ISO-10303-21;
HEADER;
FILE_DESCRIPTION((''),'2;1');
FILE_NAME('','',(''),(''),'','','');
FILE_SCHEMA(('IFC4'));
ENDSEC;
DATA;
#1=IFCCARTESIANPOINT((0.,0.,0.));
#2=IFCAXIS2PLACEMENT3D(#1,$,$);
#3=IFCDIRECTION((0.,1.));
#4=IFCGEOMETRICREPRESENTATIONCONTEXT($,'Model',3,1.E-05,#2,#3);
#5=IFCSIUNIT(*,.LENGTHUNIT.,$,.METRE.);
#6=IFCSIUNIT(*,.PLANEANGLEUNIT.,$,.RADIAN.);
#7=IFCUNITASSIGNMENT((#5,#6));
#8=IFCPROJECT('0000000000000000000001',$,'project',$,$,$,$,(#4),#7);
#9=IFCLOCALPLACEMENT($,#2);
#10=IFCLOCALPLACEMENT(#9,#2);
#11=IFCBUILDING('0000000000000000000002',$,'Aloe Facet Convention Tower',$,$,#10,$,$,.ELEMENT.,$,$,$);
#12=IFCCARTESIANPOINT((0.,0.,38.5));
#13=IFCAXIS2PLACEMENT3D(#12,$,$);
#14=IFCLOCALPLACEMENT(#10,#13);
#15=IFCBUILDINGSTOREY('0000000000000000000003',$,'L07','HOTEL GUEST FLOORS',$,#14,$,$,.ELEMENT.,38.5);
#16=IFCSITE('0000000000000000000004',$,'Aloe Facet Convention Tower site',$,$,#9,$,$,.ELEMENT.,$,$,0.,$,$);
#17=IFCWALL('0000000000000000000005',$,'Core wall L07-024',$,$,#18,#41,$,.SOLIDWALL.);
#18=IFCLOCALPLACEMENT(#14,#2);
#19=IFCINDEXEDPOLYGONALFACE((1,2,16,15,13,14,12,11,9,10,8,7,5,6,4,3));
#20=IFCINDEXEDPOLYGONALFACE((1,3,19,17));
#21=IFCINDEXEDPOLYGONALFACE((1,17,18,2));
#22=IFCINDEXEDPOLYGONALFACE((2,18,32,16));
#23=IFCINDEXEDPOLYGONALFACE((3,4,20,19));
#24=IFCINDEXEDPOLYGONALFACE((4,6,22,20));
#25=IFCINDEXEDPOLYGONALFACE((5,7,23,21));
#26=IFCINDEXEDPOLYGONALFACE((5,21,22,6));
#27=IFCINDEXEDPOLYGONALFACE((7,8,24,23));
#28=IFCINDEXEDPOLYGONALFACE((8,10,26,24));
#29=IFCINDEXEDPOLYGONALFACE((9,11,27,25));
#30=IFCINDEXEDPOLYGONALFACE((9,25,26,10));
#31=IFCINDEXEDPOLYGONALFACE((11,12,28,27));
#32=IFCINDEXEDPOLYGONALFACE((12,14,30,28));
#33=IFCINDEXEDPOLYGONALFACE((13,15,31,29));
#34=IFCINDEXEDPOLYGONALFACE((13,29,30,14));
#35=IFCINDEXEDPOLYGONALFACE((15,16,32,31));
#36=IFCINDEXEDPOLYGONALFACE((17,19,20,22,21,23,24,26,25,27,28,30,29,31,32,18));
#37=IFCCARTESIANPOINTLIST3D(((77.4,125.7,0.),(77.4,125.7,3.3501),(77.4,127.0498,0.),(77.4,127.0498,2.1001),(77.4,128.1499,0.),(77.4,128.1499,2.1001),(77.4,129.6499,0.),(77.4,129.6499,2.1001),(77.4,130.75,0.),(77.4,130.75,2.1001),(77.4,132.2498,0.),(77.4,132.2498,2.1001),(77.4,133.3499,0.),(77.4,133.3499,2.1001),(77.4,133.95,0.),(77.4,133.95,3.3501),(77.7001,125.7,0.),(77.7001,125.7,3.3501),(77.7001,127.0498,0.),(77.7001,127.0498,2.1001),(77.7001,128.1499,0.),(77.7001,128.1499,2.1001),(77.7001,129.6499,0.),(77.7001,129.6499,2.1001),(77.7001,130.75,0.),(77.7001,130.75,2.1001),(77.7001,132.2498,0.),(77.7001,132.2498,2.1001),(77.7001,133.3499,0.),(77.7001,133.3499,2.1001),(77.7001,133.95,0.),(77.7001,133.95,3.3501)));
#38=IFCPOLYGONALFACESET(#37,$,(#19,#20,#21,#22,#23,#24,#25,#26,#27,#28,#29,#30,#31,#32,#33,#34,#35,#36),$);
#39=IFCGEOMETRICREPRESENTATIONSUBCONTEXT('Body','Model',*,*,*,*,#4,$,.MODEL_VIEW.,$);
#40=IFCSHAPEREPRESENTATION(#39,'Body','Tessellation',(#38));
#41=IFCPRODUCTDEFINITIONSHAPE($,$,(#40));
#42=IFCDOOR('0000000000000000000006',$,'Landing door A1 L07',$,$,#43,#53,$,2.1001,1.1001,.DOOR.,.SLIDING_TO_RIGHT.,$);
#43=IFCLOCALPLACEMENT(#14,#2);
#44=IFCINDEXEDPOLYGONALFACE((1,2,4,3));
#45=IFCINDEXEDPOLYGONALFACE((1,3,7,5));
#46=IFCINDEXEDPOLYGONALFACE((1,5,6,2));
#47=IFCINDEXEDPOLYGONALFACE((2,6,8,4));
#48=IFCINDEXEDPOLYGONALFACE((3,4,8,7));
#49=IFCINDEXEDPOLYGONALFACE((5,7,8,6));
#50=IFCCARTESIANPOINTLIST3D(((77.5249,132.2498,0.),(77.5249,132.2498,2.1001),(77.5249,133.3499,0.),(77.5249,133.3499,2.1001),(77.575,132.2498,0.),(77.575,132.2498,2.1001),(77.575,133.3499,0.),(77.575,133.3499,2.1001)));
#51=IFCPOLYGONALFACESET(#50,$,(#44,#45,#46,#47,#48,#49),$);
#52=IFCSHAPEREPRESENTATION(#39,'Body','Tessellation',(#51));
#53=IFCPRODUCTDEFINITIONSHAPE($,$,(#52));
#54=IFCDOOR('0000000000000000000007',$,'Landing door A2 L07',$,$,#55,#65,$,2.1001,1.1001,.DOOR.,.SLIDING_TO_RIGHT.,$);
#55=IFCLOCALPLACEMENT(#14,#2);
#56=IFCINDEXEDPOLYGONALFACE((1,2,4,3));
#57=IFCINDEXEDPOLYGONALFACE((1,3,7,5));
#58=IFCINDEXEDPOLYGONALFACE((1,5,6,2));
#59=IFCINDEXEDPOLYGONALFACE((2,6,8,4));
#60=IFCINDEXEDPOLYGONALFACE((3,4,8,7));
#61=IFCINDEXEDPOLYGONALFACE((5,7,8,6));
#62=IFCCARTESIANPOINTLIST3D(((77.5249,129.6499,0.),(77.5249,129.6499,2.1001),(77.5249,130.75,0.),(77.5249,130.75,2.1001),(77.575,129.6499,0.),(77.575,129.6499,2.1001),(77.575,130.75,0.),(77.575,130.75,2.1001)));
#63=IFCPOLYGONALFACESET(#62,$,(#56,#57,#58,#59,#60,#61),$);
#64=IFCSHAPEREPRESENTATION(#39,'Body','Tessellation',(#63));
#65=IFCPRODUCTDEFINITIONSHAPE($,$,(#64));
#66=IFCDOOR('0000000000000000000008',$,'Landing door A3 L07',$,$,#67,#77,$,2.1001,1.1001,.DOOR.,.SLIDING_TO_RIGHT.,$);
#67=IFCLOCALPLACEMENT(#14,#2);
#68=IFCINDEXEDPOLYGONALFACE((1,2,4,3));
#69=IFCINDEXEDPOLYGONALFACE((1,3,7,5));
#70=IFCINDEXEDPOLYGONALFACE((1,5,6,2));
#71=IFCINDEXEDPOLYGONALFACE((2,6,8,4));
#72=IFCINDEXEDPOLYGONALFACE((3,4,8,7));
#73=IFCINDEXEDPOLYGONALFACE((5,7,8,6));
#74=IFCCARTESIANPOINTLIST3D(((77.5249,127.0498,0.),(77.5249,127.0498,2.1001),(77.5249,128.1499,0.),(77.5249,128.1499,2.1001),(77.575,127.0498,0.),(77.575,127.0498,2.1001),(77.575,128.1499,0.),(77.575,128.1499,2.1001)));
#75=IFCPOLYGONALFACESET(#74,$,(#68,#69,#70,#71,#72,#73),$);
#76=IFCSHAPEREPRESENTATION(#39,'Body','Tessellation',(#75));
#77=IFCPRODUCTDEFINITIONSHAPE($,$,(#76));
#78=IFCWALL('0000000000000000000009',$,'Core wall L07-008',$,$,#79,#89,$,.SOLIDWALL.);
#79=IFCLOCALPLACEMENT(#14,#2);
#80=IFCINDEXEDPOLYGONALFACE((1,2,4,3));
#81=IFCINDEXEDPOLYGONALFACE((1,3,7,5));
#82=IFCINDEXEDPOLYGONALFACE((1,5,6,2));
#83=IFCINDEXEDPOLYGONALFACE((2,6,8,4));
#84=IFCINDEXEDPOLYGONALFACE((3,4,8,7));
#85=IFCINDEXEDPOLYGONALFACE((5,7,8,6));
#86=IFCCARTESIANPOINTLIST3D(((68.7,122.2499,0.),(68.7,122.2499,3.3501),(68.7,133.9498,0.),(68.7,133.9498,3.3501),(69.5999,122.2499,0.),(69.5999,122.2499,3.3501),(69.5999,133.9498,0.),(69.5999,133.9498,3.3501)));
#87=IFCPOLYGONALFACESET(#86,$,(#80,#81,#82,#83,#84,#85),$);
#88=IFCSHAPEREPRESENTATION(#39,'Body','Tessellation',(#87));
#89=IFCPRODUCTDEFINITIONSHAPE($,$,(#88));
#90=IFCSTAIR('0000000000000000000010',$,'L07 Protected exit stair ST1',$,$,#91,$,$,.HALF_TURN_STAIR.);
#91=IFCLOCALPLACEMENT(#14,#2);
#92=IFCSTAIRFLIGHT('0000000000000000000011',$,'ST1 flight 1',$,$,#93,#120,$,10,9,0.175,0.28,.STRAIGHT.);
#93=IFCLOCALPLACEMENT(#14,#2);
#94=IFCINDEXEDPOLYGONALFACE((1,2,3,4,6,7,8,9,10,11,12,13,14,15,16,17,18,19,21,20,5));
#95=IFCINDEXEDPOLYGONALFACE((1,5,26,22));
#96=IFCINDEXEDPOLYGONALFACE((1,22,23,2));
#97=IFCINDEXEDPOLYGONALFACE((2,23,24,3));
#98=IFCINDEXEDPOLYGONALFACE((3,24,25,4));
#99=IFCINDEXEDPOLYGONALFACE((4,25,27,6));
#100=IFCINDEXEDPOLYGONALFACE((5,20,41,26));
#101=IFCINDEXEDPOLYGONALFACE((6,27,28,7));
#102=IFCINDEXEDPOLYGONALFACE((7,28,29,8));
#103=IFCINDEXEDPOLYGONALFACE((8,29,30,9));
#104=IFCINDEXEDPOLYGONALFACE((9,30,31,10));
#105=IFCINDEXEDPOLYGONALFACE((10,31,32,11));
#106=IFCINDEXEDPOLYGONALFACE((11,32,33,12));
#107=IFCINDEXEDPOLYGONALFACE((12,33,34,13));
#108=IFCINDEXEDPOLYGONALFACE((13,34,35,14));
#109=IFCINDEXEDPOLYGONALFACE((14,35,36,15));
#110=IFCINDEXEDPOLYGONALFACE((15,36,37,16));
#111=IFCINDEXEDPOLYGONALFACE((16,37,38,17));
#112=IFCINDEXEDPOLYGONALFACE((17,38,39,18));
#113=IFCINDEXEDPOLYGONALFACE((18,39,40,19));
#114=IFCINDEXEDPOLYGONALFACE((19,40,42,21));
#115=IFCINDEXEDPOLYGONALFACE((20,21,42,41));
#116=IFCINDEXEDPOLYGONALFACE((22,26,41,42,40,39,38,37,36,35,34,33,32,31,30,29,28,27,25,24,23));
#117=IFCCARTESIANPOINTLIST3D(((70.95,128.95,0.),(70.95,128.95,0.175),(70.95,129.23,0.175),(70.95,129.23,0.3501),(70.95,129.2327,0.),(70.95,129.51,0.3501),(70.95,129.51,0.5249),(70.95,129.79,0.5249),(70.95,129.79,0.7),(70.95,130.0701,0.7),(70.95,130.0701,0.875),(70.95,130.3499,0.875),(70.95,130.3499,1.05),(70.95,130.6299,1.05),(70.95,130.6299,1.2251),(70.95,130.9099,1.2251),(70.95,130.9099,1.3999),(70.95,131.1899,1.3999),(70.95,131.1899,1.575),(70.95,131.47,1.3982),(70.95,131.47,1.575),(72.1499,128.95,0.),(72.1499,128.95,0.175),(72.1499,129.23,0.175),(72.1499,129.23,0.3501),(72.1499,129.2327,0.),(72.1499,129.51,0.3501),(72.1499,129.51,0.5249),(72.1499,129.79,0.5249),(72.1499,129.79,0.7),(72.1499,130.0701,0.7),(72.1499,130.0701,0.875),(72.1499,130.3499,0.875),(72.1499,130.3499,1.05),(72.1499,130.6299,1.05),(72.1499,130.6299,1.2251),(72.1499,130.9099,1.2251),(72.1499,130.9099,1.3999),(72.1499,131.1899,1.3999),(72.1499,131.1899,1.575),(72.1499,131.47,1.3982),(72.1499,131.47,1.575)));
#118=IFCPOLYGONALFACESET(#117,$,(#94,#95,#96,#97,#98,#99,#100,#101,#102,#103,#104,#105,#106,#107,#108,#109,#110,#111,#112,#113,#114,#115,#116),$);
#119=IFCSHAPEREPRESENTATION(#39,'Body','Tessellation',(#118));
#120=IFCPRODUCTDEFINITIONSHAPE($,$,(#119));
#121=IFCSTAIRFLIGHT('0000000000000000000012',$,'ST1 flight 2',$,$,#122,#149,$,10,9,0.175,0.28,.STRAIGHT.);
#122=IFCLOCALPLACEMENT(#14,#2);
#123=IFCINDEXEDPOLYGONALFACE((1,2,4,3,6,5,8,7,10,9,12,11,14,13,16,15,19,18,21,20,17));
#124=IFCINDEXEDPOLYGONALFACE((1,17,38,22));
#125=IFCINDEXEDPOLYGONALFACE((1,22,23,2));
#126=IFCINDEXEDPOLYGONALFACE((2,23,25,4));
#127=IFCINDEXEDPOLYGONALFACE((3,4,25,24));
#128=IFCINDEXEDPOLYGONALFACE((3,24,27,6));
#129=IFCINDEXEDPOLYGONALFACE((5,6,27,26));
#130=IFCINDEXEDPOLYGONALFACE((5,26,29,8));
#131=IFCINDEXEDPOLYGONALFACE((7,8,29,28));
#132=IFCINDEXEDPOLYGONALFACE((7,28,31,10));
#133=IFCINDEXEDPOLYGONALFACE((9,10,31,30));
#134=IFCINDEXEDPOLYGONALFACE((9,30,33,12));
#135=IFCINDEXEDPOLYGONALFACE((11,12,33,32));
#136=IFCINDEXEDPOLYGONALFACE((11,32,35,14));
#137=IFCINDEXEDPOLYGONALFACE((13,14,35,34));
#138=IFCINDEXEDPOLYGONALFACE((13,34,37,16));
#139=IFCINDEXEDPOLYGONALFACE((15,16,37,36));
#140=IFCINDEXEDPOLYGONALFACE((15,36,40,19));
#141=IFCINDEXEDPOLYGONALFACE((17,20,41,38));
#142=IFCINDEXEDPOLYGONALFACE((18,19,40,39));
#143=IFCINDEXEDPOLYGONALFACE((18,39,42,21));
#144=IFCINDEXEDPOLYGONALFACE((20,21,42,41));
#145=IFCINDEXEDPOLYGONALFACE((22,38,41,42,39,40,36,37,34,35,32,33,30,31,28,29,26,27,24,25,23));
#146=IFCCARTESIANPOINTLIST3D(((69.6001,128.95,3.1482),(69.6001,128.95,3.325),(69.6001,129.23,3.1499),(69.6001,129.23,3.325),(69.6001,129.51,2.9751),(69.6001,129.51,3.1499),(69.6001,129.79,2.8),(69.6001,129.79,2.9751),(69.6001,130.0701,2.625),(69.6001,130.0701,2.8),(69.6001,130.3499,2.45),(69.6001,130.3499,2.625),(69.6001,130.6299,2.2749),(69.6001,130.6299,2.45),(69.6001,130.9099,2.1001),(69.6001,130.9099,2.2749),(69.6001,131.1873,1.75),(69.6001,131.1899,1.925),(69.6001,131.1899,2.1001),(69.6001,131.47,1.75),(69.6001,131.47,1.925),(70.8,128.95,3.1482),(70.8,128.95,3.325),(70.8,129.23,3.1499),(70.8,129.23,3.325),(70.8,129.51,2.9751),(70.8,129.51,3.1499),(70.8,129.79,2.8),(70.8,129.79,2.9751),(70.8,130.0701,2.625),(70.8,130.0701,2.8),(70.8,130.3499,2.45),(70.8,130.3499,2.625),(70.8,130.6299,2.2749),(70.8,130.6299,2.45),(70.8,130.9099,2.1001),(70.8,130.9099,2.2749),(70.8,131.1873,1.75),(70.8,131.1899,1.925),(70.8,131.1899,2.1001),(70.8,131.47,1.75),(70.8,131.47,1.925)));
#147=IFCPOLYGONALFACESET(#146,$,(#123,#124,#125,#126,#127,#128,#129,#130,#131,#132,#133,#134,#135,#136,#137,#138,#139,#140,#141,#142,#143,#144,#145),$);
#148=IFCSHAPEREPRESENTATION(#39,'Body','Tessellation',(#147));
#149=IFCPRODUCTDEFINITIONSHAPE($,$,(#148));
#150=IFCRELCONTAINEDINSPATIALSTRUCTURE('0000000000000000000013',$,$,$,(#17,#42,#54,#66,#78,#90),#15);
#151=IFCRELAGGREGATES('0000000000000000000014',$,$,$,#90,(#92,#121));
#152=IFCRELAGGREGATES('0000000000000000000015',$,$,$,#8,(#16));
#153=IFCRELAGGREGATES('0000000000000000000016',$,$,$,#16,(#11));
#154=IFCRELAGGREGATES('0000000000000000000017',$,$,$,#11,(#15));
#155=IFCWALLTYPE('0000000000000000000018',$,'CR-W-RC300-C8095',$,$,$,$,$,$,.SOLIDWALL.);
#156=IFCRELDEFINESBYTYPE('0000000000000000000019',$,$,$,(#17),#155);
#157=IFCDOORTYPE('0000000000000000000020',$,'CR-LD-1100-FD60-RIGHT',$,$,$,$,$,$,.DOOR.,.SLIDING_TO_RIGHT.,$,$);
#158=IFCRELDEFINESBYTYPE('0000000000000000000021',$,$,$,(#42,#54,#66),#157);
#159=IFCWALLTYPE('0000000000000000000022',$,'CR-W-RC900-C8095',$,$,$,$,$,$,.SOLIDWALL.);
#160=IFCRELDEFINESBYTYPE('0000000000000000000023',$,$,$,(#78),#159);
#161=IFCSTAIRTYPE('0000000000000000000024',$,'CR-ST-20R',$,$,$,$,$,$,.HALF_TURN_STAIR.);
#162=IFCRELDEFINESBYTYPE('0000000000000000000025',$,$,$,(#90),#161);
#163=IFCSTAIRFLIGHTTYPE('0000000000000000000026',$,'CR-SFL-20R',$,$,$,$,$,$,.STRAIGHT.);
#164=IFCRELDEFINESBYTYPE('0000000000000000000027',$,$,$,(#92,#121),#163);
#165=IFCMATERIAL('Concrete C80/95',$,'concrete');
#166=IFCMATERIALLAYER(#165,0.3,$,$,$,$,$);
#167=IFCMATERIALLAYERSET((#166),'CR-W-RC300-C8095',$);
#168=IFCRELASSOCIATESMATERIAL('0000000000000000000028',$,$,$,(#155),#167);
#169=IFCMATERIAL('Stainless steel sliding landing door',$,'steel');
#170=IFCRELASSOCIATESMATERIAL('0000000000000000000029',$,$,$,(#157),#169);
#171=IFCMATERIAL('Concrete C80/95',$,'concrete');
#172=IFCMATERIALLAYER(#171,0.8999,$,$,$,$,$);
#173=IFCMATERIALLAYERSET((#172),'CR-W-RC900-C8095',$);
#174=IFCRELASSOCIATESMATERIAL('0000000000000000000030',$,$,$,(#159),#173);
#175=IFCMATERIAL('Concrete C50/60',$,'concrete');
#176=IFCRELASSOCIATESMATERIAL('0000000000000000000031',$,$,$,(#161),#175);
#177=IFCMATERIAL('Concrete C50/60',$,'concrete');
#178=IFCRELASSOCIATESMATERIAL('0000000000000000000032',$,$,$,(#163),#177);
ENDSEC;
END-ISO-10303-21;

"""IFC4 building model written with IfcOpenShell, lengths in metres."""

from ifc_helpers import new_model, si_unit, direction, frame, frame_2d, origin, place, context, subcontext, project, spatial, polyline, rectangle, outline, extrude, material, layer, layer_set, type_object, element, fill, aggregate, save


model = new_model("IFC4")

# Units and contexts
model_context = context("Model", 3, precision=1e-05, world=origin(), true_north=direction((0.0, 1.0)))
body_context = subcontext(model_context, "Body", "Model", "MODEL_VIEW")
ifc_project = project(units=[si_unit("LENGTHUNIT", "METRE"), si_unit("PLANEANGLEUNIT", "RADIAN")], contexts=[model_context])

# Site, building, storey
site_placement = place(None, origin())
site = spatial("IfcSite", under=ifc_project, at=site_placement, Name="Aloe Facet Convention Tower site", CompositionType="ELEMENT", RefElevation=0.0)
building_placement = place(site_placement, origin())
building = spatial("IfcBuilding", under=site, at=building_placement, Name="Aloe Facet Convention Tower", CompositionType="ELEMENT")
storey_placement = place(building_placement, frame((0.0, 0.0, 38.5)))
storey = spatial("IfcBuildingStorey", under=building, at=storey_placement, Name="L07", Description="HOTEL GUEST FLOORS", CompositionType="ELEMENT", Elevation=38.5)

# Shared definitions
ifc_material_1 = material(Name="Concrete C80/95", Category="concrete")
ifc_layer_1 = layer(ifc_material_1, 0.3)
ifc_layer_set_1 = layer_set([ifc_layer_1], Name="CR-W-RC300-C8095")
wall_type_1 = type_object("IfcWallType", Name="CR-W-RC300-C8095", PredefinedType="SOLIDWALL", material=ifc_layer_set_1)

# Wall, openings, doors
wall_1_placement = place(storey_placement, frame((77.55, 133.95, 0.0), z_axis=(0.0, 0.0, 1.0), x_axis=(0.0, -1.0, 0.0)))
wall_1 = element("IfcWall", 1, at=wall_1_placement, inside=storey, type_object=wall_type_1, Name="Core wall L07-024", PredefinedType="SOLIDWALL", context=body_context, shape_type="SweptSolid", body=[
    extrude(rectangle(XDim=8.25, YDim=0.3, at=frame_2d((4.125, 0.0))), origin(), (0.0, 0.0, 1.0), 3.3501),
])
opening_1_placement = place(wall_1_placement, frame((0.6001, 0.0, 0.0)))
opening_1 = element("IfcOpeningElement", 2, at=opening_1_placement, cuts=wall_1, PredefinedType="OPENING", context=body_context, shape_type="SweptSolid", body=[
    extrude(rectangle(XDim=1.1001, YDim=2.1001, at=frame_2d((0.55, 1.05))), frame((0.0, 0.1602, 0.0), z_axis=(0.0, -1.0, 0.0), x_axis=(1.0, 0.0, 0.0)), (0.0, 0.0, 1.0), 0.3201),
])
opening_2_placement = place(wall_1_placement, frame((3.2, 0.0, 0.0)))
opening_2 = element("IfcOpeningElement", 3, at=opening_2_placement, cuts=wall_1, PredefinedType="OPENING", context=body_context, shape_type="SweptSolid", body=[
    extrude(rectangle(XDim=1.1001, YDim=2.1001, at=frame_2d((0.55, 1.05))), frame((0.0, 0.1602, 0.0), z_axis=(0.0, -1.0, 0.0), x_axis=(1.0, 0.0, 0.0)), (0.0, 0.0, 1.0), 0.3201),
])
opening_3_placement = place(wall_1_placement, frame((5.8, 0.0, 0.0)))
opening_3 = element("IfcOpeningElement", 4, at=opening_3_placement, cuts=wall_1, PredefinedType="OPENING", context=body_context, shape_type="SweptSolid", body=[
    extrude(rectangle(XDim=1.1001, YDim=2.1001, at=frame_2d((0.55, 1.05))), frame((0.0, 0.1602, 0.0), z_axis=(0.0, -1.0, 0.0), x_axis=(1.0, 0.0, 0.0)), (0.0, 0.0, 1.0), 0.3201),
])
ifc_material_2 = material(Name="Stainless steel sliding landing door", Category="steel")
door_type_1 = type_object("IfcDoorType", Name="CR-LD-1100-FD60-RIGHT", OperationType="SLIDING_TO_RIGHT", PredefinedType="DOOR", material=ifc_material_2)
door_1_placement = place(opening_1_placement, origin())
door_1 = element("IfcDoor", 5, at=door_1_placement, inside=storey, type_object=door_type_1, Name="Landing door A1 L07", OperationType="SLIDING_TO_RIGHT", OverallHeight=2.1001, OverallWidth=1.1001, PredefinedType="DOOR", context=body_context, shape_type="SweptSolid", body=[
    extrude(rectangle(XDim=1.1001, YDim=2.1001, at=frame_2d((0.55, 1.05))), frame((0.0, 0.0249, 0.0), z_axis=(0.0, -1.0, 0.0), x_axis=(1.0, 0.0, 0.0)), (0.0, 0.0, 1.0), 0.05),
])
fill(opening_1, door_1)
door_2_placement = place(opening_2_placement, origin())
door_2 = element("IfcDoor", 6, at=door_2_placement, inside=storey, type_object=door_type_1, Name="Landing door A2 L07", OperationType="SLIDING_TO_RIGHT", OverallHeight=2.1001, OverallWidth=1.1001, PredefinedType="DOOR", context=body_context, shape_type="SweptSolid", body=[
    extrude(rectangle(XDim=1.1001, YDim=2.1001, at=frame_2d((0.55, 1.05))), frame((0.0, 0.0249, 0.0), z_axis=(0.0, -1.0, 0.0), x_axis=(1.0, 0.0, 0.0)), (0.0, 0.0, 1.0), 0.05),
])
fill(opening_2, door_2)
door_3_placement = place(opening_3_placement, origin())
door_3 = element("IfcDoor", 7, at=door_3_placement, inside=storey, type_object=door_type_1, Name="Landing door A3 L07", OperationType="SLIDING_TO_RIGHT", OverallHeight=2.1001, OverallWidth=1.1001, PredefinedType="DOOR", context=body_context, shape_type="SweptSolid", body=[
    extrude(rectangle(XDim=1.1001, YDim=2.1001, at=frame_2d((0.55, 1.05))), frame((0.0, 0.0249, 0.0), z_axis=(0.0, -1.0, 0.0), x_axis=(1.0, 0.0, 0.0)), (0.0, 0.0, 1.0), 0.05),
])
fill(opening_3, door_3)

# Wall
ifc_material_3 = material(Name="Concrete C80/95", Category="concrete")
ifc_layer_2 = layer(ifc_material_3, 0.8999)
ifc_layer_set_2 = layer_set([ifc_layer_2], Name="CR-W-RC900-C8095")
wall_type_2 = type_object("IfcWallType", Name="CR-W-RC900-C8095", PredefinedType="SOLIDWALL", material=ifc_layer_set_2)
wall_2_placement = place(storey_placement, frame((69.1499, 133.95, 0.0), z_axis=(0.0, 0.0, 1.0), x_axis=(0.0, -1.0, 0.0)))
element("IfcWall", 8, at=wall_2_placement, inside=storey, type_object=wall_type_2, Name="Core wall L07-008", PredefinedType="SOLIDWALL", context=body_context, shape_type="SweptSolid", body=[
    extrude(rectangle(XDim=11.7, YDim=0.8999, at=frame_2d((5.8501, 0.0))), origin(), (0.0, 0.0, 1.0), 3.3501),
])

# Stair, stair flights
ifc_material_4 = material(Name="Concrete C50/60", Category="concrete")
stair_type = type_object("IfcStairType", Name="CR-ST-20R", PredefinedType="HALF_TURN_STAIR", material=ifc_material_4)
stair_placement = place(storey_placement, origin())
stair = element("IfcStair", 9, at=stair_placement, inside=storey, type_object=stair_type, Name="L07 Protected exit stair ST1", PredefinedType="HALF_TURN_STAIR")
ifc_material_5 = material(Name="Concrete C50/60", Category="concrete")
stair_flight_type = type_object("IfcStairFlightType", Name="CR-SFL-20R", PredefinedType="STRAIGHT", material=ifc_material_5)
stair_flight_1_placement = place(storey_placement, frame((71.55, 128.95, 0.0), z_axis=(0.0, 0.0, 1.0), x_axis=(0.0, 1.0, 0.0)))
stair_flight_1 = element("IfcStairFlight", 10, at=stair_flight_1_placement, type_object=stair_flight_type, Name="ST1 flight 1", NumberOfRisers=10, NumberOfTreads=9, PredefinedType="STRAIGHT", RiserHeight=0.175, TreadLength=0.28, context=body_context, shape_type="SweptSolid", body=[
    extrude(outline(polyline([(0.0, 0.0), (0.0, 0.175), (0.28, 0.175), (0.28, 0.3501), (0.5601, 0.3501), (0.5601, 0.5249), (0.8401, 0.5249), (0.8401, 0.7), (1.1201, 0.7), (1.1201, 0.875), (1.3999, 0.875), (1.3999, 1.05), (1.6799, 1.05), (1.6799, 1.2251), (1.96, 1.2251), (1.96, 1.3999), (2.24, 1.3999), (2.24, 1.575), (2.52, 1.575), (2.52, 1.75), (2.52, 1.3982), (0.2827, 0.0), (0.0, 0.0)])), frame((0.0, 0.6001, 0.0), z_axis=(0.0, -1.0, 0.0), x_axis=(1.0, 0.0, 0.0)), (0.0, 0.0, 1.0), 1.2),
])
stair_flight_2_placement = place(storey_placement, frame((70.2, 131.47, 1.75), z_axis=(0.0, 0.0, 1.0), x_axis=(0.0, -1.0, 0.0)))
stair_flight_2 = element("IfcStairFlight", 11, at=stair_flight_2_placement, type_object=stair_flight_type, Name="ST1 flight 2", NumberOfRisers=10, NumberOfTreads=9, PredefinedType="STRAIGHT", RiserHeight=0.175, TreadLength=0.28, context=body_context, shape_type="SweptSolid", body=[
    extrude(outline(polyline([(0.0, 0.0), (0.0, 0.175), (0.28, 0.175), (0.28, 0.3501), (0.5601, 0.3501), (0.5601, 0.5249), (0.8401, 0.5249), (0.8401, 0.7), (1.1201, 0.7), (1.1201, 0.875), (1.3999, 0.875), (1.3999, 1.05), (1.6799, 1.05), (1.6799, 1.2251), (1.96, 1.2251), (1.96, 1.3999), (2.24, 1.3999), (2.24, 1.575), (2.52, 1.575), (2.52, 1.75), (2.52, 1.3982), (0.2827, 0.0), (0.0, 0.0)])), frame((0.0, 0.6001, 0.0), z_axis=(0.0, -1.0, 0.0), x_axis=(1.0, 0.0, 0.0)), (0.0, 0.0, 1.0), 1.2),
])
aggregate(stair, [stair_flight_1, stair_flight_2])

save(model, "model.ifc")
